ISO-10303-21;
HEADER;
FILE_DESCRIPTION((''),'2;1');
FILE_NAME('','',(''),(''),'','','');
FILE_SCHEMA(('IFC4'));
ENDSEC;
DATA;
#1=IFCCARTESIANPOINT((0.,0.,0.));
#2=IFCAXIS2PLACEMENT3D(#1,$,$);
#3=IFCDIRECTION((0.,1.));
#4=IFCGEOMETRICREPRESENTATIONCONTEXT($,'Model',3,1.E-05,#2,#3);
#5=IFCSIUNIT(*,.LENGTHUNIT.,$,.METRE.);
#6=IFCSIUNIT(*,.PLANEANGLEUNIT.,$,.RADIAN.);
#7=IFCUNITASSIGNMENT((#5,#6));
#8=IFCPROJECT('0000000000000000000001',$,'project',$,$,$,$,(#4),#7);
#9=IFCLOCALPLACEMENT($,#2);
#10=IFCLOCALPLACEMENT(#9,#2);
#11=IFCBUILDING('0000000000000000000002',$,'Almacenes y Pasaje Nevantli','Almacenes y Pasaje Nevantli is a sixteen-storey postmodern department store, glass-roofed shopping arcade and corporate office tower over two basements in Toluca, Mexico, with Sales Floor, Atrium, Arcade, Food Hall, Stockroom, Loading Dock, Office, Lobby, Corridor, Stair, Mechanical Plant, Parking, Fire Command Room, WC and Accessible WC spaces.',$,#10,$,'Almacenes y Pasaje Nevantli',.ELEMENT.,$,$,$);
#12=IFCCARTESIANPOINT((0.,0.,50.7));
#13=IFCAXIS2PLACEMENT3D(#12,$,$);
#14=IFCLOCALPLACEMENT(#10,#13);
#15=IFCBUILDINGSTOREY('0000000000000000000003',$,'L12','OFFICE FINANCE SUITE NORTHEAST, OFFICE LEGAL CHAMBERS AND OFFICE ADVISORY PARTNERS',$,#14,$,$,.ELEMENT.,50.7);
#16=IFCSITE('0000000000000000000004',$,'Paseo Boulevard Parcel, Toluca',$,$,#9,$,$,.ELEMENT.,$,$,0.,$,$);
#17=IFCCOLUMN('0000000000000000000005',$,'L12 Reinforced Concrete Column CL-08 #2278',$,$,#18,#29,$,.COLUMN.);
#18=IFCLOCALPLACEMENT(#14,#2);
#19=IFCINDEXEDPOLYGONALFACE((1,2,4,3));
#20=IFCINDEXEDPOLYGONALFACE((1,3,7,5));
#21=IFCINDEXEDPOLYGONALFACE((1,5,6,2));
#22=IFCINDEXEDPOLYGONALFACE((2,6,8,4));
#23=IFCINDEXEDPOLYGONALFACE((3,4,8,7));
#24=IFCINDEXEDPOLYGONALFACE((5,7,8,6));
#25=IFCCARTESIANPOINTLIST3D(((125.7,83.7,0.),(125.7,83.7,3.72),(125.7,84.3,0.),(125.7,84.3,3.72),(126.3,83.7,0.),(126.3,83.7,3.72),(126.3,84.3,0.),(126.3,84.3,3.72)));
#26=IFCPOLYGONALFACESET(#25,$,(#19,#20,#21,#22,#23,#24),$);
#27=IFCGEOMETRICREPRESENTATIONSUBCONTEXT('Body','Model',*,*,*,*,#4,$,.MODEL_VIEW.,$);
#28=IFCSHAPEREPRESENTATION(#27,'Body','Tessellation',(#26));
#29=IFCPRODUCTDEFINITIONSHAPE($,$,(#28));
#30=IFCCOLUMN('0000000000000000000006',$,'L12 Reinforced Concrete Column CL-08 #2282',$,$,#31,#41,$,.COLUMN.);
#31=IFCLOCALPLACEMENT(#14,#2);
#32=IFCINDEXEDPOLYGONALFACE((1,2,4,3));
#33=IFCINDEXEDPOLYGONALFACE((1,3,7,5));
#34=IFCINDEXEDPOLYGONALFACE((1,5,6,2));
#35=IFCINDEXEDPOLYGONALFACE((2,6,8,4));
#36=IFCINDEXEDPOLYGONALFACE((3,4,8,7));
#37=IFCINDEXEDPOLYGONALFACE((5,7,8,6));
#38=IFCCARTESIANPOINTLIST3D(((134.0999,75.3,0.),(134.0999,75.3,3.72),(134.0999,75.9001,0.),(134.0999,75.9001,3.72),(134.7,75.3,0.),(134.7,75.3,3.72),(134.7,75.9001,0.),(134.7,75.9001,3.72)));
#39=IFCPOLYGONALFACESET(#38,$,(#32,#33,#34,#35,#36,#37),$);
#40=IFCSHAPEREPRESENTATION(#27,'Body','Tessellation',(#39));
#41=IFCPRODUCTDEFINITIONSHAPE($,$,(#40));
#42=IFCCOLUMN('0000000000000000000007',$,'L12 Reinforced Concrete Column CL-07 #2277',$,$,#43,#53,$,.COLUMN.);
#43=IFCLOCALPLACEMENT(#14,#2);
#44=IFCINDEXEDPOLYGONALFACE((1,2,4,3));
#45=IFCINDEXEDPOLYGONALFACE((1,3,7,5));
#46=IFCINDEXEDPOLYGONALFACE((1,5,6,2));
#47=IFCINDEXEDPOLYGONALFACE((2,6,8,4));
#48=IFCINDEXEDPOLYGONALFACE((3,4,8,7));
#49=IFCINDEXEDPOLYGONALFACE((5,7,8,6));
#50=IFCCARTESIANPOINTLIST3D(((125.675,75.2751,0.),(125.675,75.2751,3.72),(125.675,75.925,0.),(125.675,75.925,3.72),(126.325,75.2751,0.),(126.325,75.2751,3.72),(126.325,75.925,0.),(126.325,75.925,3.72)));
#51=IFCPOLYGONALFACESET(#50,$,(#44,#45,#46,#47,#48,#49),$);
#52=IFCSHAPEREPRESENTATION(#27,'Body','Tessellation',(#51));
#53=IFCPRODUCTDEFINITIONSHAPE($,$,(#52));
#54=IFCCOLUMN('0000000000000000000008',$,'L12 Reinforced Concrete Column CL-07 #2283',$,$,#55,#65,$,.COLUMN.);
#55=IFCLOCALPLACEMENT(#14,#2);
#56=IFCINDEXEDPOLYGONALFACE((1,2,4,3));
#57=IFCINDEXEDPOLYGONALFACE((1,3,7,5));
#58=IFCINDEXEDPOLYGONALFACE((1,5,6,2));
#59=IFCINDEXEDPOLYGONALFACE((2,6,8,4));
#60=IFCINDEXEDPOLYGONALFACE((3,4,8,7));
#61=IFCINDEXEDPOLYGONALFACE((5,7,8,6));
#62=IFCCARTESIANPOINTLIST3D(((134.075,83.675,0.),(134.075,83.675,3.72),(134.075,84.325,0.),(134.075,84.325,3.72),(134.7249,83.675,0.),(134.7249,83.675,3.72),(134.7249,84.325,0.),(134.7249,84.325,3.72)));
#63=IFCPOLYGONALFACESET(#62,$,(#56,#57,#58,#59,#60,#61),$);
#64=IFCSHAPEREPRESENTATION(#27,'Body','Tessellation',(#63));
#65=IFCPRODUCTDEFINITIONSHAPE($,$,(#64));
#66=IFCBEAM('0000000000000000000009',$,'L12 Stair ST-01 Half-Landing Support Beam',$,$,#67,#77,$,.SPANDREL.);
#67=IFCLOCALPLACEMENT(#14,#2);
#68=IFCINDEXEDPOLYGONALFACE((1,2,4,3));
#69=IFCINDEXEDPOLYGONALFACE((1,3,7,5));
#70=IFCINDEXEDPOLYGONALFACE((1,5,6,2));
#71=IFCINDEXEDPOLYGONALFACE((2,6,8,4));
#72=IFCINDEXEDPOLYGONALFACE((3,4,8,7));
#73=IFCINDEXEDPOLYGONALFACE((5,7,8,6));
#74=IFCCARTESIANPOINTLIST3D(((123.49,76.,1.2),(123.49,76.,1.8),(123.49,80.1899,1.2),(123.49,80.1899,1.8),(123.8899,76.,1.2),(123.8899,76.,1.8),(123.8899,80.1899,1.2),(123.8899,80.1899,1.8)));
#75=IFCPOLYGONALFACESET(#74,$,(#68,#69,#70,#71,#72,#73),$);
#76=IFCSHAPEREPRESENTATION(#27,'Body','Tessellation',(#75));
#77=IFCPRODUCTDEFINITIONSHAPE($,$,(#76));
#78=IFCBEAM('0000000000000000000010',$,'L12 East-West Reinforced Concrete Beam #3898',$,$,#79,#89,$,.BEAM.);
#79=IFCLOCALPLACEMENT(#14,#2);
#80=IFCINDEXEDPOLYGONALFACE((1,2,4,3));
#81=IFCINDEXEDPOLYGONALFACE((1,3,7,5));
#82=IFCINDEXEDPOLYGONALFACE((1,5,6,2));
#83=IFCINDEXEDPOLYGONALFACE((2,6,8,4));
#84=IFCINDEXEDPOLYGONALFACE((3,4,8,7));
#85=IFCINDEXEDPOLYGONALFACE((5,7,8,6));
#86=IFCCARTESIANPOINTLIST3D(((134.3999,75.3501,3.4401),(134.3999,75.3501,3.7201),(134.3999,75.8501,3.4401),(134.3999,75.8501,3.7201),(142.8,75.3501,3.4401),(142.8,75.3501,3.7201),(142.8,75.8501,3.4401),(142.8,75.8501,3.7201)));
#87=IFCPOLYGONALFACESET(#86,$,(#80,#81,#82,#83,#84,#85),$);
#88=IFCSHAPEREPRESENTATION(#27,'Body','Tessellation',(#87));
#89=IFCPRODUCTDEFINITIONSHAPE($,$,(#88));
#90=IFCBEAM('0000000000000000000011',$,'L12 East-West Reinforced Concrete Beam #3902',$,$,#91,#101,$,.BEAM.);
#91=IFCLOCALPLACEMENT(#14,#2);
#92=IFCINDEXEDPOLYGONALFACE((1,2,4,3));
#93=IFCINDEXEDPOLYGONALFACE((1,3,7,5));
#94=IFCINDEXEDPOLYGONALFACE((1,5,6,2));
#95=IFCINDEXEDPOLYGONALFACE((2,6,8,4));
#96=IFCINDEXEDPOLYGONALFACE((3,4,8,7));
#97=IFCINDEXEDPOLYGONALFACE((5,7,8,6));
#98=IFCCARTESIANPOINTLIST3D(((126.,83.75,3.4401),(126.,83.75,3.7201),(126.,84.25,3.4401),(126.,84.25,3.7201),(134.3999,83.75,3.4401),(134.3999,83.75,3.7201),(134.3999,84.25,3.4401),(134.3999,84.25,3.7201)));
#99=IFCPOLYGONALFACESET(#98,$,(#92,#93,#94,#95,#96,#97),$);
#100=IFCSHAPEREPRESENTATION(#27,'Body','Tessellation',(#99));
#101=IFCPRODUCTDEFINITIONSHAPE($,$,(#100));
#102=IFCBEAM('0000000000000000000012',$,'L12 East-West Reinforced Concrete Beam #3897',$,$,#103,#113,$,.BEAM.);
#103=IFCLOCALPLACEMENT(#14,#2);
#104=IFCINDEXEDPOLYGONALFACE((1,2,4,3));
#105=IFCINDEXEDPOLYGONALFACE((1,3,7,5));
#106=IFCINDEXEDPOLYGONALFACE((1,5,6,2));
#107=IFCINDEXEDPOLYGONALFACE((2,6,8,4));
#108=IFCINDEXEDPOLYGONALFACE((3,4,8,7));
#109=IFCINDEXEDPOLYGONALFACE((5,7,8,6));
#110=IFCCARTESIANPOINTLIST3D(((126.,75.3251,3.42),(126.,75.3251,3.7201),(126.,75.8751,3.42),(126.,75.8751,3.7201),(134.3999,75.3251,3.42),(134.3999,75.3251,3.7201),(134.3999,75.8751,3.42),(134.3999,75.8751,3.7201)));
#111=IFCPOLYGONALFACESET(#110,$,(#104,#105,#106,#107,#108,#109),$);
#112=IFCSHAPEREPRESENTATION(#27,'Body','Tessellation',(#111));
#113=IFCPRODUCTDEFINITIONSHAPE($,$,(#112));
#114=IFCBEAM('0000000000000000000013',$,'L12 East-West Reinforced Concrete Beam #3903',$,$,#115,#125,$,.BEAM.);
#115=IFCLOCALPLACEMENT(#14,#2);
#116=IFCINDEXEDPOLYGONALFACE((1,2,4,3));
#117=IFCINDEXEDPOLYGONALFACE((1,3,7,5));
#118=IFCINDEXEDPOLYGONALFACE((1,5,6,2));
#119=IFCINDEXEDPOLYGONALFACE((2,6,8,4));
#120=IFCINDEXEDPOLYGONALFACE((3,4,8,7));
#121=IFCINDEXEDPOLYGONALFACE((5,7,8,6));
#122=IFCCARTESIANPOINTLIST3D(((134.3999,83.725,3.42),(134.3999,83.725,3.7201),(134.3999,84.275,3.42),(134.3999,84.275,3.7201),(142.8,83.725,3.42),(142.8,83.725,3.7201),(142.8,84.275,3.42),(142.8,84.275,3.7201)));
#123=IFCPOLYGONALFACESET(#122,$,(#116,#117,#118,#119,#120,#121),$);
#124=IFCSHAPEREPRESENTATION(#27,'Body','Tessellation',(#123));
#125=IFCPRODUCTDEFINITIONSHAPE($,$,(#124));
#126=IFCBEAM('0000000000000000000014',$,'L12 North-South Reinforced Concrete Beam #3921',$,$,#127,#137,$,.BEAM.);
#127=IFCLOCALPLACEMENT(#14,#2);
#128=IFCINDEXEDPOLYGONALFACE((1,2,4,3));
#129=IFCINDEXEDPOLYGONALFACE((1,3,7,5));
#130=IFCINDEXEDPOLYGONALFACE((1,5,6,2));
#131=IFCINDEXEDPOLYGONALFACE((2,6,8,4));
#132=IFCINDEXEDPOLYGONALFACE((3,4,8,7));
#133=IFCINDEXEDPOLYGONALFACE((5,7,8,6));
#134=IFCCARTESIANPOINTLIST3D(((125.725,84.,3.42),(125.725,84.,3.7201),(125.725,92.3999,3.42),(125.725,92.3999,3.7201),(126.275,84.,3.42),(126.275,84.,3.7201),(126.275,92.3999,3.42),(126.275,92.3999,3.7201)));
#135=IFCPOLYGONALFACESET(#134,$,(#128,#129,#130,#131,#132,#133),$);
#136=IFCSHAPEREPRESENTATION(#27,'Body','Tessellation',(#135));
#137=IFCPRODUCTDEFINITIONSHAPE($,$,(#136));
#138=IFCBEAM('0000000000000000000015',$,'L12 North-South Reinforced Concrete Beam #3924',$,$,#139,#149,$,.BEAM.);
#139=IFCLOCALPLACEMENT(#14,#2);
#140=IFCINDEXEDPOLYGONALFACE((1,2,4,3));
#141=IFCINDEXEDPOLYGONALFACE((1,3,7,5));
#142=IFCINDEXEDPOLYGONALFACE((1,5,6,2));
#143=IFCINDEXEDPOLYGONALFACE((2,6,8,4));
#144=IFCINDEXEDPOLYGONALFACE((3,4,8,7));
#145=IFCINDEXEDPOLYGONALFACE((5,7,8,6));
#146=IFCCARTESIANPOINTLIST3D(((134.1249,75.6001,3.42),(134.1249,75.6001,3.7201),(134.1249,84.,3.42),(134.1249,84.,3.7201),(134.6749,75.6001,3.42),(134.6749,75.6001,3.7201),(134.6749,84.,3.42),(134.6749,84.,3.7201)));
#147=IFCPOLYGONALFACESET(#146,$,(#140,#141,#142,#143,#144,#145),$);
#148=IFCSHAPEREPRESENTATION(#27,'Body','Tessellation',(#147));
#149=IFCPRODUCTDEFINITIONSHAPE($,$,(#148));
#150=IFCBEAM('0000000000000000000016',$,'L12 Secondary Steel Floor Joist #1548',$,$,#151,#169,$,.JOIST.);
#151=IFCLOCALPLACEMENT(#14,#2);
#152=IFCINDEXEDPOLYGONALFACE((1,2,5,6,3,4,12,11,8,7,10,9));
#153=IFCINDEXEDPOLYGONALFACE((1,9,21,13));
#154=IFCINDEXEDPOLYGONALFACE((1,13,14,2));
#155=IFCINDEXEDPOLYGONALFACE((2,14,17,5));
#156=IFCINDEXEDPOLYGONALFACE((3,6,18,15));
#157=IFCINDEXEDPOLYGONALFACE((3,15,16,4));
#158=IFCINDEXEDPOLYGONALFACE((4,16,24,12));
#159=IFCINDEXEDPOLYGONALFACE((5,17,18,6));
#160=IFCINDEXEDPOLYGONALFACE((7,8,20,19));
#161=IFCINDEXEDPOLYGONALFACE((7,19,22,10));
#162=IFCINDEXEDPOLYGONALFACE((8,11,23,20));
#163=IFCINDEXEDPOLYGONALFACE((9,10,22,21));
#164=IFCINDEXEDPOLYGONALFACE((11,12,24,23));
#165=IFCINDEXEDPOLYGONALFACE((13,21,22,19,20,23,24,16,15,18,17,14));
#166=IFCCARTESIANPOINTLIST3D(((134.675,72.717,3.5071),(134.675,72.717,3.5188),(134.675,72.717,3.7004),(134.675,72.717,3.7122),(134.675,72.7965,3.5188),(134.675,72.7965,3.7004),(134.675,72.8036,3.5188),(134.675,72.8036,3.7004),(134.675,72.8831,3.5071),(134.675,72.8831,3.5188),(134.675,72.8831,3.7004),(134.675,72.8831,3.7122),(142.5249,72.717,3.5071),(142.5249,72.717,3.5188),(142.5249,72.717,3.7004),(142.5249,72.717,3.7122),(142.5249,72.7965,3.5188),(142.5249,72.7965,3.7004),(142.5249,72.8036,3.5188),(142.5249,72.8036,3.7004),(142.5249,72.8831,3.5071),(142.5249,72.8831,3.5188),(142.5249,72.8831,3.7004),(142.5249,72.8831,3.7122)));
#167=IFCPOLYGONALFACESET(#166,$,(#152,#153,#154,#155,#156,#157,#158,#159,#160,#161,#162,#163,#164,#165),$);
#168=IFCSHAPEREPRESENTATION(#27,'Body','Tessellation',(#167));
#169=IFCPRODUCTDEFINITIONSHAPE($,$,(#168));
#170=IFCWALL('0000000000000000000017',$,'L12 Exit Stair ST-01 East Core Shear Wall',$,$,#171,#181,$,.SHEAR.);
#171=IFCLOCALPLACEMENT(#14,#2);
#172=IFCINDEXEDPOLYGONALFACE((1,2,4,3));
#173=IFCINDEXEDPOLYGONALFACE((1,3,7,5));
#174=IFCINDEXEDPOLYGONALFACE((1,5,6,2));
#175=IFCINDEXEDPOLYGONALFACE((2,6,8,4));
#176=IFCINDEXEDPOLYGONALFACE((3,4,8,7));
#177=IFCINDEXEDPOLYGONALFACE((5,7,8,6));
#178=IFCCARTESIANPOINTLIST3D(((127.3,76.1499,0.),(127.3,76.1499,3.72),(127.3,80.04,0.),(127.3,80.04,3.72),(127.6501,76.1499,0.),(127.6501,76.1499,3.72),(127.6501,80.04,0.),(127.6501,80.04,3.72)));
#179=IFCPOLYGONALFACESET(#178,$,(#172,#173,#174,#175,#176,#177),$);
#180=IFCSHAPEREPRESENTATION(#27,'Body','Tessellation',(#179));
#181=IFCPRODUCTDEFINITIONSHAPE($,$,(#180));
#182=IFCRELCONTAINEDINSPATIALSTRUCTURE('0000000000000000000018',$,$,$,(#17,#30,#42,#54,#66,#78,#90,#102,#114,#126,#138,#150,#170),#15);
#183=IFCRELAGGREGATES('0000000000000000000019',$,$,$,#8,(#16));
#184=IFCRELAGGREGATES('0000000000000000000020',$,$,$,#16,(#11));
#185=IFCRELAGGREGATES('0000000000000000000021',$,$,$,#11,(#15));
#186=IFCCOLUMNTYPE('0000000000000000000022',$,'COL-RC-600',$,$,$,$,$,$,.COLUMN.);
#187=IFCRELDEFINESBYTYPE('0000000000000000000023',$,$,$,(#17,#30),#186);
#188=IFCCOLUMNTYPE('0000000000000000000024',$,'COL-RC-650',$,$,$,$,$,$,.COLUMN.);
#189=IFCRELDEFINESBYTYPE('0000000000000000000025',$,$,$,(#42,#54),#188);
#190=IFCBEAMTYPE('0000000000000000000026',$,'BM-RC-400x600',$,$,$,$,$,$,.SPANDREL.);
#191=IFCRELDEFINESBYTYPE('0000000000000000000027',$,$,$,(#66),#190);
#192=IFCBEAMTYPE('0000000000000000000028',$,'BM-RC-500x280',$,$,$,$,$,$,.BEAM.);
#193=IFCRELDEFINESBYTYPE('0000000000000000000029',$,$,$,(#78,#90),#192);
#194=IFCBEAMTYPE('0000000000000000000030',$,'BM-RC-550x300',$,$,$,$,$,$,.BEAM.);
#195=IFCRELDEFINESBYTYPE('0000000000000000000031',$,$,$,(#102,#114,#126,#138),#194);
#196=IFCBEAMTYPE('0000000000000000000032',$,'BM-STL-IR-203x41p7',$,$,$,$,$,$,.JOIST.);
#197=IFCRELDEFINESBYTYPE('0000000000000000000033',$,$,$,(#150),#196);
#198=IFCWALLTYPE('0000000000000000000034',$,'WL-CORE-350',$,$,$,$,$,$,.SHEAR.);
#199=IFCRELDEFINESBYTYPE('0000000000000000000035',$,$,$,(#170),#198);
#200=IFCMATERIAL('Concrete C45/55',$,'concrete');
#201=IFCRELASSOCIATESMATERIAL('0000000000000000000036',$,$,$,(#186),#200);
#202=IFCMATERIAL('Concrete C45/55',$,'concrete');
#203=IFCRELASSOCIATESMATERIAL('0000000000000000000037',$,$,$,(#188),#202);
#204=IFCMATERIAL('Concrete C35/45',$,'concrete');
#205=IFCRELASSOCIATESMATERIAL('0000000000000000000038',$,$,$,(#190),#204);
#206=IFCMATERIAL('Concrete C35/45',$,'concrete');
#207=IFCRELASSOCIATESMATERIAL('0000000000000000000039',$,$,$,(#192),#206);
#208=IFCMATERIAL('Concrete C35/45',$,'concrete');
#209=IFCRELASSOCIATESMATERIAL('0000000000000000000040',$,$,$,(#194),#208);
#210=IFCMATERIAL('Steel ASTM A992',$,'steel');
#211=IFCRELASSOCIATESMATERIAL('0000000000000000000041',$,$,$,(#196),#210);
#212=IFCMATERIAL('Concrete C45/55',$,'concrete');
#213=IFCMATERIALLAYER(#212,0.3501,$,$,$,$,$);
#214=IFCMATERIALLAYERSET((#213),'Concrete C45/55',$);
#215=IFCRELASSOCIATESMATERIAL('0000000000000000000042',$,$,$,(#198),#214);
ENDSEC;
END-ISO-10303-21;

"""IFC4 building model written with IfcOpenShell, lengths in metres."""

from ifc_helpers import new_model, si_unit, direction, frame, frame_2d, origin, origin_2d, place, context, subcontext, project, spatial, rectangle, i_section, extrude, material, layer, layer_set, material_profile, profile_set, type_object, element, save


model = new_model("IFC4")

# Units and contexts
model_context = context("Model", 3, precision=1e-05, world=origin(), true_north=direction((0.0, 1.0)))
body_context = subcontext(model_context, "Body", "Model", "MODEL_VIEW")
ifc_project = project(units=[si_unit("LENGTHUNIT", "METRE"), si_unit("PLANEANGLEUNIT", "RADIAN")], contexts=[model_context])

# Site, building, storey
site_placement = place(None, origin())
site = spatial("IfcSite", under=ifc_project, at=site_placement, Name="Paseo Boulevard Parcel, Toluca", CompositionType="ELEMENT", RefElevation=0.0)
building_placement = place(site_placement, origin())
building = spatial("IfcBuilding", under=site, at=building_placement, Name="Almacenes y Pasaje Nevantli", Description="Almacenes y Pasaje Nevantli is a sixteen-storey postmodern department store, glass-roofed shopping arcade and corporate office tower over two basements in Toluca, Mexico, with Sales Floor, Atrium, Arcade, Food Hall, Stockroom, Loading Dock, Office, Lobby, Corridor, Stair, Mechanical Plant, Parking, Fire Command Room, WC and Accessible WC spaces.", LongName="Almacenes y Pasaje Nevantli", CompositionType="ELEMENT")
storey_placement = place(building_placement, frame((0.0, 0.0, 50.7)))
storey = spatial("IfcBuildingStorey", under=building, at=storey_placement, Name="L12", Description="OFFICE FINANCE SUITE NORTHEAST, OFFICE LEGAL CHAMBERS AND OFFICE ADVISORY PARTNERS", CompositionType="ELEMENT", Elevation=50.7)

# Columns
ifc_material_1 = material(Name="Concrete C45/55", Category="concrete")
ifc_material_profile_1 = material_profile(ifc_material_1, rectangle(XDim=0.6001, YDim=0.6001, at=origin_2d()), Name="RC-COL-600x600")
ifc_profile_set_1 = profile_set([ifc_material_profile_1], Name="Concrete C45/55")
column_type_1 = type_object("IfcColumnType", Name="COL-RC-600", PredefinedType="COLUMN", material=ifc_profile_set_1)
for number, where, z_axis, x_axis, name in (
    (1, (126.0, 84.0, 0.0), (0.0, 0.0, 1.0), (1.0, 0.0, 0.0), "L12 Reinforced Concrete Column CL-08 #2278"),
    (2, (134.3999, 75.6001, 0.0), (0.0, 0.0, 1.0), (1.0, 0.0, 0.0), "L12 Reinforced Concrete Column CL-08 #2282"),
):
    element("IfcColumn", number, at=place(storey_placement, frame(where, z_axis=z_axis, x_axis=x_axis)), inside=storey, type_object=column_type_1, Name=name, PredefinedType="COLUMN", context=body_context, shape_type="SweptSolid", body=[
        extrude(rectangle(XDim=0.6001, YDim=0.6001, at=origin_2d()), origin(), (0.0, 0.0, 1.0), 3.72),
    ])
ifc_material_2 = material(Name="Concrete C45/55", Category="concrete")
ifc_material_profile_2 = material_profile(ifc_material_2, rectangle(XDim=0.6499, YDim=0.6499, at=origin_2d()), Name="RC-COL-650x650")
ifc_profile_set_2 = profile_set([ifc_material_profile_2], Name="Concrete C45/55")
column_type_2 = type_object("IfcColumnType", Name="COL-RC-650", PredefinedType="COLUMN", material=ifc_profile_set_2)
for number, where, z_axis, x_axis, name in (
    (3, (126.0, 75.6001, 0.0), (0.0, 0.0, 1.0), (1.0, 0.0, 0.0), "L12 Reinforced Concrete Column CL-07 #2277"),
    (4, (134.3999, 84.0, 0.0), (0.0, 0.0, 1.0), (1.0, 0.0, 0.0), "L12 Reinforced Concrete Column CL-07 #2283"),
):
    element("IfcColumn", number, at=place(storey_placement, frame(where, z_axis=z_axis, x_axis=x_axis)), inside=storey, type_object=column_type_2, Name=name, PredefinedType="COLUMN", context=body_context, shape_type="SweptSolid", body=[
        extrude(rectangle(XDim=0.6499, YDim=0.6499, at=origin_2d()), origin(), (0.0, 0.0, 1.0), 3.72),
    ])

# Beams
ifc_material_3 = material(Name="Concrete C35/45", Category="concrete")
ifc_material_profile_3 = material_profile(ifc_material_3, rectangle(XDim=0.3999, YDim=0.6001, at=origin_2d()), Name="RC-BM-400x600")
ifc_profile_set_3 = profile_set([ifc_material_profile_3], Name="Concrete C35/45")
beam_type_1 = type_object("IfcBeamType", Name="BM-RC-400x600", PredefinedType="SPANDREL", material=ifc_profile_set_3)
beam_1_placement = place(storey_placement, frame((123.6899, 76.0, 1.5), z_axis=(0.0, 1.0, 0.0), x_axis=(-1.0, 0.0, 0.0)))
element("IfcBeam", 5, at=beam_1_placement, inside=storey, type_object=beam_type_1, Name="L12 Stair ST-01 Half-Landing Support Beam", PredefinedType="SPANDREL", context=body_context, shape_type="SweptSolid", body=[
    extrude(rectangle(XDim=0.3999, YDim=0.6001, at=origin_2d()), origin(), (0.0, 0.0, 1.0), 4.1899),
])
ifc_material_4 = material(Name="Concrete C35/45", Category="concrete")
ifc_material_profile_4 = material_profile(ifc_material_4, rectangle(XDim=0.5, YDim=0.28, at=origin_2d()), Name="RC-BM-500x280")
ifc_profile_set_4 = profile_set([ifc_material_profile_4], Name="Concrete C35/45")
beam_type_2 = type_object("IfcBeamType", Name="BM-RC-500x280", PredefinedType="BEAM", material=ifc_profile_set_4)
beam_2_placement = place(storey_placement, frame((134.3999, 75.6001, 3.5801), z_axis=(1.0, 0.0, 0.0), x_axis=(0.0, 1.0, 0.0)))
element("IfcBeam", 6, at=beam_2_placement, inside=storey, type_object=beam_type_2, Name="L12 East-West Reinforced Concrete Beam #3898", PredefinedType="BEAM", context=body_context, shape_type="SweptSolid", body=[
    extrude(rectangle(XDim=0.5, YDim=0.28, at=origin_2d()), origin(), (0.0, 0.0, 1.0), 8.4001),
])
beam_3_placement = place(storey_placement, frame((126.0, 84.0, 3.5801), z_axis=(1.0, 0.0, 0.0), x_axis=(0.0, 1.0, 0.0)))
element("IfcBeam", 7, at=beam_3_placement, inside=storey, type_object=beam_type_2, Name="L12 East-West Reinforced Concrete Beam #3902", PredefinedType="BEAM", context=body_context, shape_type="SweptSolid", body=[
    extrude(rectangle(XDim=0.5, YDim=0.28, at=origin_2d()), origin(), (0.0, 0.0, 1.0), 8.3999),
])
ifc_material_5 = material(Name="Concrete C35/45", Category="concrete")
ifc_material_profile_5 = material_profile(ifc_material_5, rectangle(XDim=0.55, YDim=0.3, at=origin_2d()), Name="RC-BM-550x300")
ifc_profile_set_5 = profile_set([ifc_material_profile_5], Name="Concrete C35/45")
beam_type_3 = type_object("IfcBeamType", Name="BM-RC-550x300", PredefinedType="BEAM", material=ifc_profile_set_5)
beam_4_placement = place(storey_placement, frame((126.0, 75.6001, 3.5701), z_axis=(1.0, 0.0, 0.0), x_axis=(0.0, 1.0, 0.0)))
element("IfcBeam", 8, at=beam_4_placement, inside=storey, type_object=beam_type_3, Name="L12 East-West Reinforced Concrete Beam #3897", PredefinedType="BEAM", context=body_context, shape_type="SweptSolid", body=[
    extrude(rectangle(XDim=0.55, YDim=0.3, at=origin_2d()), origin(), (0.0, 0.0, 1.0), 8.3999),
])
beam_5_placement = place(storey_placement, frame((134.3999, 84.0, 3.5701), z_axis=(1.0, 0.0, 0.0), x_axis=(0.0, 1.0, 0.0)))
element("IfcBeam", 9, at=beam_5_placement, inside=storey, type_object=beam_type_3, Name="L12 East-West Reinforced Concrete Beam #3903", PredefinedType="BEAM", context=body_context, shape_type="SweptSolid", body=[
    extrude(rectangle(XDim=0.55, YDim=0.3, at=origin_2d()), origin(), (0.0, 0.0, 1.0), 8.4001),
])
for number, where, z_axis, x_axis, name in (
    (10, (126.0, 84.0, 3.5701), (0.0, 1.0, 0.0), (-1.0, 0.0, 0.0), "L12 North-South Reinforced Concrete Beam #3921"),
    (11, (134.3999, 75.6001, 3.5701), (0.0, 1.0, 0.0), (-1.0, 0.0, 0.0), "L12 North-South Reinforced Concrete Beam #3924"),
):
    element("IfcBeam", number, at=place(storey_placement, frame(where, z_axis=z_axis, x_axis=x_axis)), inside=storey, type_object=beam_type_3, Name=name, PredefinedType="BEAM", context=body_context, shape_type="SweptSolid", body=[
        extrude(rectangle(XDim=0.55, YDim=0.3, at=origin_2d()), origin(), (0.0, 0.0, 1.0), 8.3999),
    ])
ifc_material_6 = material(Name="Steel ASTM A992", Category="steel")
ifc_material_profile_6 = material_profile(ifc_material_6, i_section(OverallWidth=0.166, OverallDepth=0.2051, WebThickness=0.0071, FlangeThickness=0.0117, at=origin_2d()), Name="IR 203x41.7")
ifc_profile_set_6 = profile_set([ifc_material_profile_6], Name="Steel ASTM A992")
beam_type_4 = type_object("IfcBeamType", Name="BM-STL-IR-203x41p7", PredefinedType="JOIST", material=ifc_profile_set_6)
beam_6_placement = place(storey_placement, frame((134.675, 72.8, 3.6096), z_axis=(1.0, 0.0, 0.0), x_axis=(0.0, 1.0, 0.0)))
element("IfcBeam", 12, at=beam_6_placement, inside=storey, type_object=beam_type_4, Name="L12 Secondary Steel Floor Joist #1548", PredefinedType="JOIST", context=body_context, shape_type="SweptSolid", body=[
    extrude(i_section(OverallWidth=0.166, OverallDepth=0.2051, WebThickness=0.0071, FlangeThickness=0.0117, at=origin_2d()), origin(), (0.0, 0.0, 1.0), 7.8499),
])

# Wall
ifc_material_7 = material(Name="Concrete C45/55", Category="concrete")
ifc_layer_1 = layer(ifc_material_7, 0.3501)
ifc_layer_set_1 = layer_set([ifc_layer_1], Name="Concrete C45/55")
wall_type_1 = type_object("IfcWallType", Name="WL-CORE-350", PredefinedType="SHEAR", material=ifc_layer_set_1)
wall_1_placement = place(storey_placement, frame((127.4751, 76.1499, 0.0), z_axis=(0.0, 0.0, 1.0), x_axis=(0.0, 1.0, 0.0)))
element("IfcWall", 13, at=wall_1_placement, inside=storey, type_object=wall_type_1, Name="L12 Exit Stair ST-01 East Core Shear Wall", PredefinedType="SHEAR", context=body_context, shape_type="SweptSolid", body=[
    extrude(rectangle(XDim=3.8901, YDim=0.3501, at=frame_2d((1.9451, 0.0))), origin(), (0.0, 0.0, 1.0), 3.72),
])

save(model, "model.ifc")
